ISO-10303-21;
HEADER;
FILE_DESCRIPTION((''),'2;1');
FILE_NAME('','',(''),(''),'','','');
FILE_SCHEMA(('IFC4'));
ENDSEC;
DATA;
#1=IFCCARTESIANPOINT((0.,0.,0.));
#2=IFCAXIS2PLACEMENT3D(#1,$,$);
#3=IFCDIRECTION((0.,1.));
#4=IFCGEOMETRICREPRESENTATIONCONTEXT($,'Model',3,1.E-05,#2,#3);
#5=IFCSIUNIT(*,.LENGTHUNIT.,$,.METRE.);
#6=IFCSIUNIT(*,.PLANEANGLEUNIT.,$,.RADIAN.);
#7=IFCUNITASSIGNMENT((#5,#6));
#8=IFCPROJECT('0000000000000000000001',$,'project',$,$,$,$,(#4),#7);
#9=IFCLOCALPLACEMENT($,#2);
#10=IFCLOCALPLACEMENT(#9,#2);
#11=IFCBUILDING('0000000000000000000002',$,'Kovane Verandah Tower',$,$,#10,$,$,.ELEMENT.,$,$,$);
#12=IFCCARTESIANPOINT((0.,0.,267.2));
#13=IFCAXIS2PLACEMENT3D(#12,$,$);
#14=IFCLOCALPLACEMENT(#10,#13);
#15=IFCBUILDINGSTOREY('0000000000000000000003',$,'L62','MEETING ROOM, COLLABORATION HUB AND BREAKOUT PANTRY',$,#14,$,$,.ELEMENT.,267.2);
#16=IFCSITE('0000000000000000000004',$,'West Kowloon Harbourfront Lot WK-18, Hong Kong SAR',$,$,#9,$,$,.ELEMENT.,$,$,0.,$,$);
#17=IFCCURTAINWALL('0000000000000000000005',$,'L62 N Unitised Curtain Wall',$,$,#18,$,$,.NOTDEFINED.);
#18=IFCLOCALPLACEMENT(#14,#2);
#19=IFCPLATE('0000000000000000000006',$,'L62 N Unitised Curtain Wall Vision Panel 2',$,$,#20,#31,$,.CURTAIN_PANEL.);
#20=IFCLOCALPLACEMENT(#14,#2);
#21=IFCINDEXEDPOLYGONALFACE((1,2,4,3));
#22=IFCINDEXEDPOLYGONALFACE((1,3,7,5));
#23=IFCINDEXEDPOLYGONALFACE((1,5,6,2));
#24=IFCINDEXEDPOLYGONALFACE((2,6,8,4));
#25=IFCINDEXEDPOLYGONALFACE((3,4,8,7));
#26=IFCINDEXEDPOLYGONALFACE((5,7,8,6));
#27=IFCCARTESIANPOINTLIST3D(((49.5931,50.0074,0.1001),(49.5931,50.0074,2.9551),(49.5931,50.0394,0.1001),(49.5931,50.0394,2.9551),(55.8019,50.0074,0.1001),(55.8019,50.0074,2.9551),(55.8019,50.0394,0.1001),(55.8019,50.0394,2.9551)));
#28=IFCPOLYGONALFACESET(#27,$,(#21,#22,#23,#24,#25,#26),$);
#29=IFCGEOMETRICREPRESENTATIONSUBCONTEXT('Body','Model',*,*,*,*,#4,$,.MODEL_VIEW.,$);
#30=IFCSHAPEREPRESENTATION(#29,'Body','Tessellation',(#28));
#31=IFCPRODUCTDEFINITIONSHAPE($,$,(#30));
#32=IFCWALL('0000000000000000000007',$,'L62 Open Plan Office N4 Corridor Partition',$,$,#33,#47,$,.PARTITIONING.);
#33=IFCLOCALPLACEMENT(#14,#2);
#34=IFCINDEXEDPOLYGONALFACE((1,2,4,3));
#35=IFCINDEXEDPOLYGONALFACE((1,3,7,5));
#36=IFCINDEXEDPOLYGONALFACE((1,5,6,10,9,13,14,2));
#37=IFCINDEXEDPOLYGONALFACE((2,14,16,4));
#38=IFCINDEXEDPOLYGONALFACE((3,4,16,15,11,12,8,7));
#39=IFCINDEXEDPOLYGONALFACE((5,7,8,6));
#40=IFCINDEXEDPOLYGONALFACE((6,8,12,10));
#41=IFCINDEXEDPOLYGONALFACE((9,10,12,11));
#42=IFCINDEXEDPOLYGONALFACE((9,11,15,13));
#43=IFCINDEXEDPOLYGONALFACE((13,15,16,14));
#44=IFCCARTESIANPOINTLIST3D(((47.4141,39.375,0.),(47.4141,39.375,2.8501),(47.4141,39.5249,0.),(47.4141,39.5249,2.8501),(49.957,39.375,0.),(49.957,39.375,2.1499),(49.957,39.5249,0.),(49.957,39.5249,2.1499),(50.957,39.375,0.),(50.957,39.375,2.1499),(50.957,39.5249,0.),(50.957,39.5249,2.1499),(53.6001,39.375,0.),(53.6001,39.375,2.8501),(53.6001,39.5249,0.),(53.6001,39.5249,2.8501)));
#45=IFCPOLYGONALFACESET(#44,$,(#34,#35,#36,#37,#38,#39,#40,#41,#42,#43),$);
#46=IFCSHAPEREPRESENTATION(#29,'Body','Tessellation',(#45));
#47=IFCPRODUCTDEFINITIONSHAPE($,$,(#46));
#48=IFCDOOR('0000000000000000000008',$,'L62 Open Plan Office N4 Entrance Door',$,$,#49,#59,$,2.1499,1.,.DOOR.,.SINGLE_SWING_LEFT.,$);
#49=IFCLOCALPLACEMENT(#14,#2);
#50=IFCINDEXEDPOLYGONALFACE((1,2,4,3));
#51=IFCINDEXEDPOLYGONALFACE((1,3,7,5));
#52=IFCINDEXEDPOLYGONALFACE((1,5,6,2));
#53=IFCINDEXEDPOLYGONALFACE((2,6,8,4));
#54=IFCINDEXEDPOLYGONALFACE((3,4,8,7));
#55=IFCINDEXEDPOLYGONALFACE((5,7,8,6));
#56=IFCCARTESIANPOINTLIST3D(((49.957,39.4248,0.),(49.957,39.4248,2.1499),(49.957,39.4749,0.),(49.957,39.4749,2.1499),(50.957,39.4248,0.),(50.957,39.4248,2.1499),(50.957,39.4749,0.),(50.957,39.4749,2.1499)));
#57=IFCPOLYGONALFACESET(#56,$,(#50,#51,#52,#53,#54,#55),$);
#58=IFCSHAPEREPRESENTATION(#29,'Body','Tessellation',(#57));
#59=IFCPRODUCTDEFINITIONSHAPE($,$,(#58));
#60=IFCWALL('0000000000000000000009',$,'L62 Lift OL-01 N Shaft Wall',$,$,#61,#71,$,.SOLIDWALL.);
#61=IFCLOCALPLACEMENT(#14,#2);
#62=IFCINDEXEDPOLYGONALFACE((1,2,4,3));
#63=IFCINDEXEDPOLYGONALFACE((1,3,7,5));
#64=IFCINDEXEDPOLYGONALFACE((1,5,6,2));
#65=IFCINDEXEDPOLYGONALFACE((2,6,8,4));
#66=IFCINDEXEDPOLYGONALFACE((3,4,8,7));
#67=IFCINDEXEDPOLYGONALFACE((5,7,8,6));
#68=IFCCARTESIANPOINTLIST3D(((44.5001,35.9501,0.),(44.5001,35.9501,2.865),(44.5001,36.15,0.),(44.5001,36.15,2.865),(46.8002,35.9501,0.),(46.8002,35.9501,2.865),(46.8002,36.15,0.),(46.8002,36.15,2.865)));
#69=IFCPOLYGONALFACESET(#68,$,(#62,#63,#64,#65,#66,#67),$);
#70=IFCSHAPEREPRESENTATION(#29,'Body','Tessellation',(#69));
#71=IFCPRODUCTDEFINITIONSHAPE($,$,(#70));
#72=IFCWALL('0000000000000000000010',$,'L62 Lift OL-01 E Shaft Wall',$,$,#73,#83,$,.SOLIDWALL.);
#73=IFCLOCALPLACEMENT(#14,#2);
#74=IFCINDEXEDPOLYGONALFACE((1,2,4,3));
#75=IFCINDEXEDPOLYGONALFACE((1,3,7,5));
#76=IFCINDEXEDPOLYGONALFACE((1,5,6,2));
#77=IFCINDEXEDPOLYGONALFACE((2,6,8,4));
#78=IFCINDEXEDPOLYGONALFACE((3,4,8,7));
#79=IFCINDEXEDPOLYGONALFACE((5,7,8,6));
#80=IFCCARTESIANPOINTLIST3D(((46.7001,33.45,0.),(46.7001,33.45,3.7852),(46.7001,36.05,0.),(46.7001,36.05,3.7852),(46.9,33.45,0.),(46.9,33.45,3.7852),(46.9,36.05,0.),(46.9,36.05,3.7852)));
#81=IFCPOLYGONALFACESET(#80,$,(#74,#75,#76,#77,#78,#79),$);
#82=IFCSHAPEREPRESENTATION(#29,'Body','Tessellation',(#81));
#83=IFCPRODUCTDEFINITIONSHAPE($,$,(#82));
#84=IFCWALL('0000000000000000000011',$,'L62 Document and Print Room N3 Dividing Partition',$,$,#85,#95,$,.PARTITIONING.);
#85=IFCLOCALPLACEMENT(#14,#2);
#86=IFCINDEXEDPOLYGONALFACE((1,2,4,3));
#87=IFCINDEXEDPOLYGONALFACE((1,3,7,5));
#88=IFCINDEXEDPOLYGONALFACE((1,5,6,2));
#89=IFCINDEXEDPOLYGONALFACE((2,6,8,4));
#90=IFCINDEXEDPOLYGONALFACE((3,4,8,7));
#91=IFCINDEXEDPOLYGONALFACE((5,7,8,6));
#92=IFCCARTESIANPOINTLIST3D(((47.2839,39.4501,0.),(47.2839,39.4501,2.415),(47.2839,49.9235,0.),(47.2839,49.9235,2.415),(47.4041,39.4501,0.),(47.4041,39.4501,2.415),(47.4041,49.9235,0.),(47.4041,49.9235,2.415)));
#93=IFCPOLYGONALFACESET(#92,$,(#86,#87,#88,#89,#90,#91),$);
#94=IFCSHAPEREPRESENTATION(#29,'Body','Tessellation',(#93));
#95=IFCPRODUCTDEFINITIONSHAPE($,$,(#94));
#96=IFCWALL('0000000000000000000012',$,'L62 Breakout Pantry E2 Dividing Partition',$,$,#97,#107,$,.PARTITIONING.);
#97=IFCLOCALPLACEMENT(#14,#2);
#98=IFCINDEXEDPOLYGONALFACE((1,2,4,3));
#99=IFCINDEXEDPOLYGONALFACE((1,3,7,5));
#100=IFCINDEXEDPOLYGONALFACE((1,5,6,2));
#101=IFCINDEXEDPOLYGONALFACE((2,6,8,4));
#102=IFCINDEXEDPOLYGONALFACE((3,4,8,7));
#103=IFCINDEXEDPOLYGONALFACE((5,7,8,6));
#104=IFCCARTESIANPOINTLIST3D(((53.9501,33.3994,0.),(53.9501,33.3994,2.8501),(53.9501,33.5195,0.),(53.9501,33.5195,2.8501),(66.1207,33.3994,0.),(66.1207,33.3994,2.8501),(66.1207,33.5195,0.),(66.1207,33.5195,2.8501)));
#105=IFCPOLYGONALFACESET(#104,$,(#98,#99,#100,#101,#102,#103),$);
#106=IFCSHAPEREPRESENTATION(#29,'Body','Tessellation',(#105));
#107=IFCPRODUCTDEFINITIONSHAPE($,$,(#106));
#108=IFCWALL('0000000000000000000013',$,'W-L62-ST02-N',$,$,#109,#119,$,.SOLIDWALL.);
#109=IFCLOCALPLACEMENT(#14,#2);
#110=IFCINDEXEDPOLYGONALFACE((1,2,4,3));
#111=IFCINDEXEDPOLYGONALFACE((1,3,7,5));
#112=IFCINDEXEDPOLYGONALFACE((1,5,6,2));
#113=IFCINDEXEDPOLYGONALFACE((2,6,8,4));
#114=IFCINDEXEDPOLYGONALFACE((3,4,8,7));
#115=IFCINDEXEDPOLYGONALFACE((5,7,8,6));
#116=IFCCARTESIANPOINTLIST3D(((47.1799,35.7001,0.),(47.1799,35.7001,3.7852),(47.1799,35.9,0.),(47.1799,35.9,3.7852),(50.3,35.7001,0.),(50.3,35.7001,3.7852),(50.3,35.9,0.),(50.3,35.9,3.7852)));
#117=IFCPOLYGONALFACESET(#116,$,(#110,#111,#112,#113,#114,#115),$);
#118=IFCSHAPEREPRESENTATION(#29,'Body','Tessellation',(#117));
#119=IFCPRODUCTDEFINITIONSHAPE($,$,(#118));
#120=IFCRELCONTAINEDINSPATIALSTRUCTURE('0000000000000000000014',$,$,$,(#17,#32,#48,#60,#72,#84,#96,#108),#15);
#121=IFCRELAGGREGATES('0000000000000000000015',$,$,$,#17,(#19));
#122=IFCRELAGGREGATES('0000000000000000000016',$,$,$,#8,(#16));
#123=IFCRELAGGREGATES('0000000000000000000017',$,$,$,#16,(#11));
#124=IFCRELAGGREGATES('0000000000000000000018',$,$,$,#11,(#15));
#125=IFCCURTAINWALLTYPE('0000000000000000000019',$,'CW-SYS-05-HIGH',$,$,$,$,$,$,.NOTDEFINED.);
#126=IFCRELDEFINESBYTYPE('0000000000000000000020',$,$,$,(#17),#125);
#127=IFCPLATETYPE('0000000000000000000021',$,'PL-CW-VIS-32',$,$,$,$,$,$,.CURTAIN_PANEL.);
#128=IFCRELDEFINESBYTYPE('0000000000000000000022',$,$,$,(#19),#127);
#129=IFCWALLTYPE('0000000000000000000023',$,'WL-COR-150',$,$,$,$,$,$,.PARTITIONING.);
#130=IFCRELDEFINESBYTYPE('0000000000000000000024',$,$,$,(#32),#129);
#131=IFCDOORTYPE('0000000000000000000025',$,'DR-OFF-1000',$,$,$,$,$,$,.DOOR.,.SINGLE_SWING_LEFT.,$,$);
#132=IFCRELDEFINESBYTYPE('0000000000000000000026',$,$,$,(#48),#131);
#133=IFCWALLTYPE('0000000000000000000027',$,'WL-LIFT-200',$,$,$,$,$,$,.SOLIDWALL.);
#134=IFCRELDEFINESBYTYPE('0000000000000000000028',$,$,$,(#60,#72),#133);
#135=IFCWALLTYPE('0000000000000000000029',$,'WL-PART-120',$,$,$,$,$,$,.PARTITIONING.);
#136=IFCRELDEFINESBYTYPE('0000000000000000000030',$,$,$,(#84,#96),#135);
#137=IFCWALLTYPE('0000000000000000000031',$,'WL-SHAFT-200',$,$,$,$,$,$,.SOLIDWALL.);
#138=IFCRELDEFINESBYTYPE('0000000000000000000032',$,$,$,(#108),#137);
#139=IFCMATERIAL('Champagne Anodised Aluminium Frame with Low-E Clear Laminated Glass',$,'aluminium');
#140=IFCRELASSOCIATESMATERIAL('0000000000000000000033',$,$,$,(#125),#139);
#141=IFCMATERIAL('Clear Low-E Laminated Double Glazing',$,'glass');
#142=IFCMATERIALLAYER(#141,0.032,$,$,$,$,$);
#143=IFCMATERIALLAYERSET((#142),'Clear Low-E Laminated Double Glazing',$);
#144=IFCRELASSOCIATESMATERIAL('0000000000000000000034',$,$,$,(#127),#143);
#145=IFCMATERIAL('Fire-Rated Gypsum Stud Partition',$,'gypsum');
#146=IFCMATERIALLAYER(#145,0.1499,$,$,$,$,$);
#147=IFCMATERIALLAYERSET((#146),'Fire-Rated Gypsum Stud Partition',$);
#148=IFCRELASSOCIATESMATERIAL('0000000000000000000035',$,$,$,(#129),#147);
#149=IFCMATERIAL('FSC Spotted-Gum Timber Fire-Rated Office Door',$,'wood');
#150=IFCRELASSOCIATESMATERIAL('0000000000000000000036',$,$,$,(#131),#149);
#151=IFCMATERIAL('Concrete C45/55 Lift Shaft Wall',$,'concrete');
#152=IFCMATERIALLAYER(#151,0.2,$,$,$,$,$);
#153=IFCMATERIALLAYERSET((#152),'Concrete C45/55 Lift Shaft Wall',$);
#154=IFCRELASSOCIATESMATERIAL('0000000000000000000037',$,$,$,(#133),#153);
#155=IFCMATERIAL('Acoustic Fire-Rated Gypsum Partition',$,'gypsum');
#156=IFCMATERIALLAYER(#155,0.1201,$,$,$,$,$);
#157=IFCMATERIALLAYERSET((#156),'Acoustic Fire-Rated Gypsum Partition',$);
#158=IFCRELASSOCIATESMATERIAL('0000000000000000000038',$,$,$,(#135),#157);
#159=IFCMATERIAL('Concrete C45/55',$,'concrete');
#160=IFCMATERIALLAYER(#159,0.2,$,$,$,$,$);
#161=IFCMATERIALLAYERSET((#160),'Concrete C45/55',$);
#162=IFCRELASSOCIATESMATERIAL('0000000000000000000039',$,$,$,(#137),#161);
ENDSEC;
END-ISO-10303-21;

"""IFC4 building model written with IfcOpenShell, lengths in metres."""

from ifc_helpers import new_model, si_unit, direction, frame, frame_2d, origin, origin_2d, place, context, subcontext, project, spatial, rectangle, extrude, material, layer, layer_set, type_object, element, fill, aggregate, save


model = new_model("IFC4")

# Units and contexts
model_context = context("Model", 3, precision=1e-05, world=origin(), true_north=direction((0.0, 1.0)))
body_context = subcontext(model_context, "Body", "Model", "MODEL_VIEW")
ifc_project = project(units=[si_unit("LENGTHUNIT", "METRE"), si_unit("PLANEANGLEUNIT", "RADIAN")], contexts=[model_context])

# Site, building, storey
site_placement = place(None, origin())
site = spatial("IfcSite", under=ifc_project, at=site_placement, Name="West Kowloon Harbourfront Lot WK-18, Hong Kong SAR", CompositionType="ELEMENT", RefElevation=0.0)
building_placement = place(site_placement, origin())
building = spatial("IfcBuilding", under=site, at=building_placement, Name="Kovane Verandah Tower", CompositionType="ELEMENT")
storey_placement = place(building_placement, frame((0.0, 0.0, 267.2)))
storey = spatial("IfcBuildingStorey", under=building, at=storey_placement, Name="L62", Description="MEETING ROOM, COLLABORATION HUB AND BREAKOUT PANTRY", CompositionType="ELEMENT", Elevation=267.2)

# Curtain wall, plate
ifc_material_1 = material(Name="Champagne Anodised Aluminium Frame with Low-E Clear Laminated Glass", Category="aluminium")
curtain_wall_type = type_object("IfcCurtainWallType", Name="CW-SYS-05-HIGH", PredefinedType="NOTDEFINED", material=ifc_material_1)
curtain_wall_placement = place(storey_placement, origin())
curtain_wall = element("IfcCurtainWall", 1, at=curtain_wall_placement, inside=storey, type_object=curtain_wall_type, Name="L62 N Unitised Curtain Wall", PredefinedType="NOTDEFINED")
ifc_material_2 = material(Name="Clear Low-E Laminated Double Glazing", Category="glass")
ifc_layer_1 = layer(ifc_material_2, 0.032)
ifc_layer_set_1 = layer_set([ifc_layer_1], Name="Clear Low-E Laminated Double Glazing")
plate_type_1 = type_object("IfcPlateType", Name="PL-CW-VIS-32", PredefinedType="CURTAIN_PANEL", material=ifc_layer_set_1)
plate_1_placement = place(storey_placement, frame((52.6975, 50.0234, 0.1001), z_axis=(0.0, 0.0, 1.0), x_axis=(-1.0, 0.0, 0.0)))
plate_1 = element("IfcPlate", 2, at=plate_1_placement, type_object=plate_type_1, Name="L62 N Unitised Curtain Wall Vision Panel 2", PredefinedType="CURTAIN_PANEL", context=body_context, shape_type="SweptSolid", body=[
    extrude(rectangle(XDim=6.2087, YDim=0.032, at=origin_2d()), origin(), (0.0, 0.0, 1.0), 2.855),
])
aggregate(curtain_wall, [plate_1])

# Wall, opening, door
ifc_material_3 = material(Name="Fire-Rated Gypsum Stud Partition", Category="gypsum")
ifc_layer_2 = layer(ifc_material_3, 0.1499)
ifc_layer_set_2 = layer_set([ifc_layer_2], Name="Fire-Rated Gypsum Stud Partition")
wall_type_1 = type_object("IfcWallType", Name="WL-COR-150", PredefinedType="PARTITIONING", material=ifc_layer_set_2)
wall_1_placement = place(storey_placement, frame((47.4141, 39.45, 0.0), z_axis=(0.0, 0.0, 1.0), x_axis=(1.0, 0.0, 0.0)))
wall_1 = element("IfcWall", 3, at=wall_1_placement, inside=storey, type_object=wall_type_1, Name="L62 Open Plan Office N4 Corridor Partition", PredefinedType="PARTITIONING", context=body_context, shape_type="SweptSolid", body=[
    extrude(rectangle(XDim=6.186, YDim=0.1499, at=frame_2d((3.093, 0.0))), origin(), (0.0, 0.0, 1.0), 2.8501),
])
opening_placement = place(wall_1_placement, frame((2.543, 0.0, 0.0)))
opening = element("IfcOpeningElement", 4, at=opening_placement, cuts=wall_1, PredefinedType="OPENING", context=body_context, shape_type="SweptSolid", body=[
    extrude(rectangle(XDim=1.0, YDim=2.1499, at=frame_2d((0.5, 1.075))), frame((0.0, 0.075, 0.0), z_axis=(0.0, -1.0, 0.0), x_axis=(1.0, 0.0, 0.0)), (0.0, 0.0, 1.0), 0.1499),
])
ifc_material_4 = material(Name="FSC Spotted-Gum Timber Fire-Rated Office Door", Category="wood")
door_type = type_object("IfcDoorType", Name="DR-OFF-1000", OperationType="SINGLE_SWING_LEFT", PredefinedType="DOOR", material=ifc_material_4)
door_placement = place(opening_placement, origin())
door = element("IfcDoor", 5, at=door_placement, inside=storey, type_object=door_type, Name="L62 Open Plan Office N4 Entrance Door", OperationType="SINGLE_SWING_LEFT", OverallHeight=2.1499, OverallWidth=1.0, PredefinedType="DOOR", context=body_context, shape_type="SweptSolid", body=[
    extrude(rectangle(XDim=1.0, YDim=2.1499, at=frame_2d((0.5, 1.075))), frame((0.0, 0.0249, 0.0), z_axis=(0.0, -1.0, 0.0), x_axis=(1.0, 0.0, 0.0)), (0.0, 0.0, 1.0), 0.05),
])
fill(opening, door)

# Walls
ifc_material_5 = material(Name="Concrete C45/55 Lift Shaft Wall", Category="concrete")
ifc_layer_3 = layer(ifc_material_5, 0.2)
ifc_layer_set_3 = layer_set([ifc_layer_3], Name="Concrete C45/55 Lift Shaft Wall")
wall_type_2 = type_object("IfcWallType", Name="WL-LIFT-200", PredefinedType="SOLIDWALL", material=ifc_layer_set_3)
wall_2_placement = place(storey_placement, frame((46.8, 36.05, 0.0), z_axis=(0.0, 0.0, 1.0), x_axis=(-1.0, 0.0, 0.0)))
element("IfcWall", 6, at=wall_2_placement, inside=storey, type_object=wall_type_2, Name="L62 Lift OL-01 N Shaft Wall", PredefinedType="SOLIDWALL", context=body_context, shape_type="SweptSolid", body=[
    extrude(rectangle(XDim=2.3, YDim=0.2, at=frame_2d((1.1499, 0.0))), origin(), (0.0, 0.0, 1.0), 2.865),
])
wall_3_placement = place(storey_placement, frame((46.8, 33.45, 0.0), z_axis=(0.0, 0.0, 1.0), x_axis=(0.0, 1.0, 0.0)))
element("IfcWall", 7, at=wall_3_placement, inside=storey, type_object=wall_type_2, Name="L62 Lift OL-01 E Shaft Wall", PredefinedType="SOLIDWALL", context=body_context, shape_type="SweptSolid", body=[
    extrude(rectangle(XDim=2.6001, YDim=0.2, at=frame_2d((1.3, 0.0))), origin(), (0.0, 0.0, 1.0), 3.7852),
])
ifc_material_6 = material(Name="Acoustic Fire-Rated Gypsum Partition", Category="gypsum")
ifc_layer_4 = layer(ifc_material_6, 0.1201)
ifc_layer_set_4 = layer_set([ifc_layer_4], Name="Acoustic Fire-Rated Gypsum Partition")
wall_type_3 = type_object("IfcWallType", Name="WL-PART-120", PredefinedType="PARTITIONING", material=ifc_layer_set_4)
wall_4_placement = place(storey_placement, frame((47.344, 39.45, 0.0), z_axis=(0.0, 0.0, 1.0), x_axis=(0.0, 1.0, 0.0)))
element("IfcWall", 8, at=wall_4_placement, inside=storey, type_object=wall_type_3, Name="L62 Document and Print Room N3 Dividing Partition", PredefinedType="PARTITIONING", context=body_context, shape_type="SweptSolid", body=[
    extrude(rectangle(XDim=10.4734, YDim=0.1201, at=frame_2d((5.2368, 0.0))), origin(), (0.0, 0.0, 1.0), 2.415),
])
wall_5_placement = place(storey_placement, frame((53.95, 33.4595, 0.0), z_axis=(0.0, 0.0, 1.0), x_axis=(1.0, 0.0, 0.0)))
element("IfcWall", 9, at=wall_5_placement, inside=storey, type_object=wall_type_3, Name="L62 Breakout Pantry E2 Dividing Partition", PredefinedType="PARTITIONING", context=body_context, shape_type="SweptSolid", body=[
    extrude(rectangle(XDim=12.1707, YDim=0.1201, at=frame_2d((6.0854, 0.0))), origin(), (0.0, 0.0, 1.0), 2.8501),
])
ifc_material_7 = material(Name="Concrete C45/55", Category="concrete")
ifc_layer_5 = layer(ifc_material_7, 0.2)
ifc_layer_set_5 = layer_set([ifc_layer_5], Name="Concrete C45/55")
wall_type_4 = type_object("IfcWallType", Name="WL-SHAFT-200", PredefinedType="SOLIDWALL", material=ifc_layer_set_5)
wall_6_placement = place(storey_placement, frame((47.1799, 35.8, 0.0), z_axis=(0.0, 0.0, 1.0), x_axis=(1.0, 0.0, 0.0)))
element("IfcWall", 10, at=wall_6_placement, inside=storey, type_object=wall_type_4, Name="W-L62-ST02-N", PredefinedType="SOLIDWALL", context=body_context, shape_type="SweptSolid", body=[
    extrude(rectangle(XDim=3.1201, YDim=0.2, at=frame_2d((1.5601, 0.0))), origin(), (0.0, 0.0, 1.0), 3.7852),
])

save(model, "model.ifc")
